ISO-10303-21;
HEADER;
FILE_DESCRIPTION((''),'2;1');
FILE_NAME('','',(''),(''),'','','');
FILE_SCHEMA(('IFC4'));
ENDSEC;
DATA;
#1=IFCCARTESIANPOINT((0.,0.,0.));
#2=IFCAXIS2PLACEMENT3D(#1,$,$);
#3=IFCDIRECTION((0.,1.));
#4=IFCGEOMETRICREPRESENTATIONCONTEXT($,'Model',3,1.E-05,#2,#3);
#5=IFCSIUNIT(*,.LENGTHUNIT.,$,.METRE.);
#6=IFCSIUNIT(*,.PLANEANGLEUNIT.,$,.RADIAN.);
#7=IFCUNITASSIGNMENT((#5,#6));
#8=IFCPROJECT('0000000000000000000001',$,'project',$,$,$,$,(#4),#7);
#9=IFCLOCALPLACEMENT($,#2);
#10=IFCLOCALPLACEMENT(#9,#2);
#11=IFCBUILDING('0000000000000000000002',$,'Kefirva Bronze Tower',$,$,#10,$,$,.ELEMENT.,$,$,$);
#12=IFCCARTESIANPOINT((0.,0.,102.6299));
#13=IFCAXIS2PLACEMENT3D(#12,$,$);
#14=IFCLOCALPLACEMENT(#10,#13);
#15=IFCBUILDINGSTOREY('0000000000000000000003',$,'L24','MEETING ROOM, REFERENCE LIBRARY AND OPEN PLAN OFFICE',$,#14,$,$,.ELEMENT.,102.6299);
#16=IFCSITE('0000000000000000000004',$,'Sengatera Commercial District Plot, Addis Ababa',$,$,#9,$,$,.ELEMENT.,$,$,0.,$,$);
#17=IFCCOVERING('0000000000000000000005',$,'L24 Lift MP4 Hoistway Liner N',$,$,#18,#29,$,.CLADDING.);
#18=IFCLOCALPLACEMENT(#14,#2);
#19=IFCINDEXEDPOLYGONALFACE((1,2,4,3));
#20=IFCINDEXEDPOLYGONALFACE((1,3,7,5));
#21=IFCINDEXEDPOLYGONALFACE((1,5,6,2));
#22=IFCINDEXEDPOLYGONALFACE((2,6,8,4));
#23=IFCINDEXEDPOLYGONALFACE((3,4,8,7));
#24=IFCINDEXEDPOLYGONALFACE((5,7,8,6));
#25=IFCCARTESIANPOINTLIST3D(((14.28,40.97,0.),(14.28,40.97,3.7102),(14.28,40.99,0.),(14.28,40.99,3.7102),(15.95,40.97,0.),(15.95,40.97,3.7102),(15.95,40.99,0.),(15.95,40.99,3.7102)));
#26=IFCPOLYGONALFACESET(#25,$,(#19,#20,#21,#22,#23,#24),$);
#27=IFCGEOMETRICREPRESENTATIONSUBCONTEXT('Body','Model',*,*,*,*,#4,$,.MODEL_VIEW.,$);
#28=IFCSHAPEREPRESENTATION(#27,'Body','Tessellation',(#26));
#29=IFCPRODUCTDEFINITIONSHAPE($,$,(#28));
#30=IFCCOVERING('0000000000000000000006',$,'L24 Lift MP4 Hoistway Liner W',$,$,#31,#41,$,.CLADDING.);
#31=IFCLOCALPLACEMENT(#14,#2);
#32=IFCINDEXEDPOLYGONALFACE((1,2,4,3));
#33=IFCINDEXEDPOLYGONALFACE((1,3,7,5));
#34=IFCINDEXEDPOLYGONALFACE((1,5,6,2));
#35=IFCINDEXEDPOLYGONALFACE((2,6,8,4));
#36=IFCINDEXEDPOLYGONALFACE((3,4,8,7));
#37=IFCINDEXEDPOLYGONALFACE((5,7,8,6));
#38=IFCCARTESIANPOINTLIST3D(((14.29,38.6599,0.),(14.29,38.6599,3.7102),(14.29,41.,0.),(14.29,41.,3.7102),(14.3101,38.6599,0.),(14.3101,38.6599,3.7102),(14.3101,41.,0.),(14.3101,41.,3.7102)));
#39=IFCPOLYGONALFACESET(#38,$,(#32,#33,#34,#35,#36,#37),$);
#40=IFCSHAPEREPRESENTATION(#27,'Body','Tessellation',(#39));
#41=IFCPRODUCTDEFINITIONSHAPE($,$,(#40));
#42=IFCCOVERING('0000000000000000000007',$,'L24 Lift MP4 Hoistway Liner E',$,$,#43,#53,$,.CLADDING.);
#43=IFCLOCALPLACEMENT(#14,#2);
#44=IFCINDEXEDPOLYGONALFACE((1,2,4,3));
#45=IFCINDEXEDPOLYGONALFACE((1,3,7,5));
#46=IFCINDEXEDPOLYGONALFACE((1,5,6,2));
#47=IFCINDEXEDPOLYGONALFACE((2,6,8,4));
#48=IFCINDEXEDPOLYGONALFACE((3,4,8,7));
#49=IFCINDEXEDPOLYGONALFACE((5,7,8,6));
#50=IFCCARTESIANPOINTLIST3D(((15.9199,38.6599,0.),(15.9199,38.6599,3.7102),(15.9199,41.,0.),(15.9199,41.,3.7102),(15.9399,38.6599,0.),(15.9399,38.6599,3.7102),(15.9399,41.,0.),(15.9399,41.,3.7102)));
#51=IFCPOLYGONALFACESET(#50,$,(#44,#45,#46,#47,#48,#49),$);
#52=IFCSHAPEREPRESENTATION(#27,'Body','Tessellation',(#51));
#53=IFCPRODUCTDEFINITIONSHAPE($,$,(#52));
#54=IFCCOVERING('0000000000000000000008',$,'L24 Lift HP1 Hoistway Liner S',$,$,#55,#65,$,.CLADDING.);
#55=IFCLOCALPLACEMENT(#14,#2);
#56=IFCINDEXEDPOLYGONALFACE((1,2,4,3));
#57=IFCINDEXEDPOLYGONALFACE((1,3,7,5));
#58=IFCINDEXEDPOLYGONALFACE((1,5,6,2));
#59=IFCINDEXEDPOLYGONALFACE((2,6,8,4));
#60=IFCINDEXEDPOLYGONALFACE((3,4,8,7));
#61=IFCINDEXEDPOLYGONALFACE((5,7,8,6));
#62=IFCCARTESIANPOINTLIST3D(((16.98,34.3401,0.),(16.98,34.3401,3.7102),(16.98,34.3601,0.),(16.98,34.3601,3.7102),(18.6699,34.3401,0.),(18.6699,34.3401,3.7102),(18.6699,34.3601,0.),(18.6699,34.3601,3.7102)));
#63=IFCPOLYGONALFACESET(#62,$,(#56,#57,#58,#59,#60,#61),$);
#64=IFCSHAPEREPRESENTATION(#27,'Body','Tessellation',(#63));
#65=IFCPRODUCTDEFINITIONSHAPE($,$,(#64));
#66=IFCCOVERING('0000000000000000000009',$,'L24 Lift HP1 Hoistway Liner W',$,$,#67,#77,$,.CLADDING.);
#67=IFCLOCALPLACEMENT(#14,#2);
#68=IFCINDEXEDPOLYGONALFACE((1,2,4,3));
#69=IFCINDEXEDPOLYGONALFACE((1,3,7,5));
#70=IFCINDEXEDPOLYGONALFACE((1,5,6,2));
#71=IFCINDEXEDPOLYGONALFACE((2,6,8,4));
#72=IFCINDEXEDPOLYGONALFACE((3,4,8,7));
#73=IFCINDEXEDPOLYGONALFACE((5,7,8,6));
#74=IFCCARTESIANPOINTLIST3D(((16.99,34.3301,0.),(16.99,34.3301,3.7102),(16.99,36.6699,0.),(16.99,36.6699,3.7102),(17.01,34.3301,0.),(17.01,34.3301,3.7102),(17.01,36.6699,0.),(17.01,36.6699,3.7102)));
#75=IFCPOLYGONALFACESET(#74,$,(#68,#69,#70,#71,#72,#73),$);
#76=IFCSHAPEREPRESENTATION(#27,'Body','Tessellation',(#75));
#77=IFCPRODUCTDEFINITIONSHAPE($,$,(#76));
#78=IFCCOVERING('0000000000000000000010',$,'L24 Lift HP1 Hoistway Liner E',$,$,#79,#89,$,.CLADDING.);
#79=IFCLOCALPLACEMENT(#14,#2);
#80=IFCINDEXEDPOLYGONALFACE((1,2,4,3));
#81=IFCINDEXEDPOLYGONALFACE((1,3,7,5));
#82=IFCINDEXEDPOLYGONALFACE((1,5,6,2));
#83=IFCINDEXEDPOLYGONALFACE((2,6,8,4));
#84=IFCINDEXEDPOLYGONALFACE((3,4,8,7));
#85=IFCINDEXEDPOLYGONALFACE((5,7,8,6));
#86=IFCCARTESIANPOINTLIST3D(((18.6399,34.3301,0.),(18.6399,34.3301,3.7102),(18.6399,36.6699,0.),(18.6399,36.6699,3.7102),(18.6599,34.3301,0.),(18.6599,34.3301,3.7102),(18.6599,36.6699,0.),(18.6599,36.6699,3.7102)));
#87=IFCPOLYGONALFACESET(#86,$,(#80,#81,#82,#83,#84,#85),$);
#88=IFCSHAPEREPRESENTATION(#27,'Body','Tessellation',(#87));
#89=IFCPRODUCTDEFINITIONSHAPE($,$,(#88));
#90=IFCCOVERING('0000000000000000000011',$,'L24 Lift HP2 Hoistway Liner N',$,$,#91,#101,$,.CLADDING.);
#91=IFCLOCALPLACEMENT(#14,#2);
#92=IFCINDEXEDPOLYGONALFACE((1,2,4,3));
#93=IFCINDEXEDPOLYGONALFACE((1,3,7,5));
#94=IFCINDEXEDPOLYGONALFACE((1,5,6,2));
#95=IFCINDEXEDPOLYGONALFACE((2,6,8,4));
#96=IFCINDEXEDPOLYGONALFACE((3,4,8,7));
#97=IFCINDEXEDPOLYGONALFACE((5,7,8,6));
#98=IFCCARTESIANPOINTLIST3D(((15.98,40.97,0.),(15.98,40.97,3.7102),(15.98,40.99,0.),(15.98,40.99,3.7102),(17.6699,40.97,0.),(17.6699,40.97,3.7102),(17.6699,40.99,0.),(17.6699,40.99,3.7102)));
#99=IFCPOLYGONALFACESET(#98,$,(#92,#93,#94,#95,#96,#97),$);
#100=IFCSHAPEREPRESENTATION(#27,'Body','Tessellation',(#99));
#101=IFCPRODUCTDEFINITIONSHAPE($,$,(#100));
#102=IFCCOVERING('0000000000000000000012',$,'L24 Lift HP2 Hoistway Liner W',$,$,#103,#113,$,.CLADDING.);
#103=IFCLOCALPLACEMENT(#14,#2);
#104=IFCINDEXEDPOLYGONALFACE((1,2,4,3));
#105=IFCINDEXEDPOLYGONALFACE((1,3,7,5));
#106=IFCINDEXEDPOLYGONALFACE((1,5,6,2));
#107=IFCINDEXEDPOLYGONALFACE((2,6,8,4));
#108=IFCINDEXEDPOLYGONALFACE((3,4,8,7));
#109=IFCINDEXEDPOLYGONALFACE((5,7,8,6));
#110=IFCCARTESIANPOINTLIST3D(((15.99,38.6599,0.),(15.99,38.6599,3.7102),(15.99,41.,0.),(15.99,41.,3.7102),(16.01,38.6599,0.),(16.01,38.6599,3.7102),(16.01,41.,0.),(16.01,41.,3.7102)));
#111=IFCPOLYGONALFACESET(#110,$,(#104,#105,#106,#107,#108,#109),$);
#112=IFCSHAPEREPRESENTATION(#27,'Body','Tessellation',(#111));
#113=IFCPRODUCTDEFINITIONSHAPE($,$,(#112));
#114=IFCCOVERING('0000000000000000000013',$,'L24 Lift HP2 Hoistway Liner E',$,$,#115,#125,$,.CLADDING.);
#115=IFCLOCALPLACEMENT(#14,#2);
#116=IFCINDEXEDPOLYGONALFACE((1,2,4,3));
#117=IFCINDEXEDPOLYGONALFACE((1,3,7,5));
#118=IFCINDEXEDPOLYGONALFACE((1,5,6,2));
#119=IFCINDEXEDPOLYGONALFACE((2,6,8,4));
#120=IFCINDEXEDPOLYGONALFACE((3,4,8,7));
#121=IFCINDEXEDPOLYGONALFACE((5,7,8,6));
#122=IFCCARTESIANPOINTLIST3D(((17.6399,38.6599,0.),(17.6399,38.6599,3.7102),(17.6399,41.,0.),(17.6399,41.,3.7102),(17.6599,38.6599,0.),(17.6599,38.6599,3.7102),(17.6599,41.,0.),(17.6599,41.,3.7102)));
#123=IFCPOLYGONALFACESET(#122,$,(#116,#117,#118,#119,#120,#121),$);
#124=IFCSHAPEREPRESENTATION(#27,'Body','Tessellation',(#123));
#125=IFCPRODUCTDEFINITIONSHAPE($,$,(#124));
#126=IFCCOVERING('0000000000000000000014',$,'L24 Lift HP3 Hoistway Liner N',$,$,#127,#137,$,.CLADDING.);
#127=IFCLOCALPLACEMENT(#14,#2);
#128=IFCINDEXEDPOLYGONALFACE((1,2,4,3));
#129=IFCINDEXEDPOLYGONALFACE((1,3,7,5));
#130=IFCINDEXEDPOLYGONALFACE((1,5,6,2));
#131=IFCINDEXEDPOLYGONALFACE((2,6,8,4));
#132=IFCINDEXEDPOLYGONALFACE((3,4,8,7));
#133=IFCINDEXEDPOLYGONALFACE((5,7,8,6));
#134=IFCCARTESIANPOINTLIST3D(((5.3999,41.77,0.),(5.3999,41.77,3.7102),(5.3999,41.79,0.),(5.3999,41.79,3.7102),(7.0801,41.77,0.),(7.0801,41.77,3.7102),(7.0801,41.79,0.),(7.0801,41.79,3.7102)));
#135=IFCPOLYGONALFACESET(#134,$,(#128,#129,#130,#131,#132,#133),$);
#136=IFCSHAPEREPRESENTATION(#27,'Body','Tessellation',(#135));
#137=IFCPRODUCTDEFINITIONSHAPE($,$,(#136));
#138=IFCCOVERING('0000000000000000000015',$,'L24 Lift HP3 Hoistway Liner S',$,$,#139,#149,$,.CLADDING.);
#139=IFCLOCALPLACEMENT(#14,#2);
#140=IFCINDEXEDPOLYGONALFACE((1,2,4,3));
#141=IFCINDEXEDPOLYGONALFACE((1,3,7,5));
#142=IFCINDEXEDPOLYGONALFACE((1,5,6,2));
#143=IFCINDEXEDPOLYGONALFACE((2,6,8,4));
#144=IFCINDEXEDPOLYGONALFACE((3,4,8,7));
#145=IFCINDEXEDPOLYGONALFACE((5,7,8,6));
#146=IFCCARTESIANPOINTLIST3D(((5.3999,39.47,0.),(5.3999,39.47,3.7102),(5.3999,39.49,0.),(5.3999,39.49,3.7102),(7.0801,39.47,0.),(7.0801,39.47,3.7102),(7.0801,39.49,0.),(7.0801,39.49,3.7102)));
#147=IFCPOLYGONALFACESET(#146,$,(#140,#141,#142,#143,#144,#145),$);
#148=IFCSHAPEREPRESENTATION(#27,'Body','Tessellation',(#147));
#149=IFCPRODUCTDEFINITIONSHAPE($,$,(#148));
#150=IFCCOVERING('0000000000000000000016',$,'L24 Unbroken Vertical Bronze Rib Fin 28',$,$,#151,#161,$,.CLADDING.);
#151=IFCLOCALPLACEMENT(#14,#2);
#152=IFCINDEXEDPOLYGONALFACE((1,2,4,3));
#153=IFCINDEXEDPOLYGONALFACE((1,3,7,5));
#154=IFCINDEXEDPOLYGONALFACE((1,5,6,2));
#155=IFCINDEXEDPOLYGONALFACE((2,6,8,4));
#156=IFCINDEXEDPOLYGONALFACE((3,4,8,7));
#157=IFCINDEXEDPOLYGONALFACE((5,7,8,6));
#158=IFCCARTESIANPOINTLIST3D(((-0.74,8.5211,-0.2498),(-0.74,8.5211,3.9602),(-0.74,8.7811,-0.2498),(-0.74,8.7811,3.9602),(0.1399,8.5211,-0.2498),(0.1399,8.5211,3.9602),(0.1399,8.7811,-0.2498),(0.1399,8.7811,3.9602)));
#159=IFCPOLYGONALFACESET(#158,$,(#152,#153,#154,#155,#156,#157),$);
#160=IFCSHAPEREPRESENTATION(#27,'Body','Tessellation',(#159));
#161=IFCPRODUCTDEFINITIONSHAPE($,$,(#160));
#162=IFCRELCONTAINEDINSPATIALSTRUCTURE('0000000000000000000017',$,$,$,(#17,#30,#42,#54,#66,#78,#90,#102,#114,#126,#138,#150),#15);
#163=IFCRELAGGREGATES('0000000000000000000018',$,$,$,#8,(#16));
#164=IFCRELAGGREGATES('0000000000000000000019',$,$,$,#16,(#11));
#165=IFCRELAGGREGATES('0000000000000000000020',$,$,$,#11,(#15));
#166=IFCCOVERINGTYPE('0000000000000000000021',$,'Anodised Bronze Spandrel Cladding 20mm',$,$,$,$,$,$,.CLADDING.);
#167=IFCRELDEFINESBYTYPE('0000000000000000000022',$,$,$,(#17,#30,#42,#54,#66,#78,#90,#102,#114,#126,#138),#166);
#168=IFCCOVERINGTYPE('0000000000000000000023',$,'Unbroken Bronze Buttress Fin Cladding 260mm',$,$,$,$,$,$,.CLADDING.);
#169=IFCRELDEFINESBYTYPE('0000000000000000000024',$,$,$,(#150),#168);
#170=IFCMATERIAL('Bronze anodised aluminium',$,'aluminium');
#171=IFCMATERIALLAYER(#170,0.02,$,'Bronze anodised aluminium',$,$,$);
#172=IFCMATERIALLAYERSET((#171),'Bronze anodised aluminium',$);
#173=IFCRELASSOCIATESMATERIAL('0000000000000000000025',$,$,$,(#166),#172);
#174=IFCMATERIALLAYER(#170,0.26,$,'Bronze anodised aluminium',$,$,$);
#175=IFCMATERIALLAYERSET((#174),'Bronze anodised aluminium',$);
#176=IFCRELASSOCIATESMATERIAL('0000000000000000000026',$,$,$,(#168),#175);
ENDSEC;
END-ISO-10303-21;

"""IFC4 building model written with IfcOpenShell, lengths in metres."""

from ifc_helpers import new_model, si_unit, direction, frame, origin, origin_2d, place, context, subcontext, project, spatial, polyline, rectangle, outline, extrude, material, layer, layer_set, type_object, element, save


model = new_model("IFC4")

# Units and contexts
model_context = context("Model", 3, precision=1e-05, world=origin(), true_north=direction((0.0, 1.0)))
body_context = subcontext(model_context, "Body", "Model", "MODEL_VIEW")
ifc_project = project(units=[si_unit("LENGTHUNIT", "METRE"), si_unit("PLANEANGLEUNIT", "RADIAN")], contexts=[model_context])

# Site, building, storey
site_placement = place(None, origin())
site = spatial("IfcSite", under=ifc_project, at=site_placement, Name="Sengatera Commercial District Plot, Addis Ababa", CompositionType="ELEMENT", RefElevation=0.0)
building_placement = place(site_placement, origin())
building = spatial("IfcBuilding", under=site, at=building_placement, Name="Kefirva Bronze Tower", CompositionType="ELEMENT")
storey_placement = place(building_placement, frame((0.0, 0.0, 102.6299)))
storey = spatial("IfcBuildingStorey", under=building, at=storey_placement, Name="L24", Description="MEETING ROOM, REFERENCE LIBRARY AND OPEN PLAN OFFICE", CompositionType="ELEMENT", Elevation=102.6299)

# Coverings
ifc_material = material(Name="Bronze anodised aluminium", Category="aluminium")
ifc_layer_1 = layer(ifc_material, 0.02, Name="Bronze anodised aluminium")
ifc_layer_set_1 = layer_set([ifc_layer_1], Name="Bronze anodised aluminium")
covering_type_1 = type_object("IfcCoveringType", Name="Anodised Bronze Spandrel Cladding 20mm", PredefinedType="CLADDING", material=ifc_layer_set_1)
covering_1_placement = place(storey_placement, origin())
element("IfcCovering", 1, at=covering_1_placement, inside=storey, type_object=covering_type_1, Name="L24 Lift MP4 Hoistway Liner N", PredefinedType="CLADDING", context=body_context, shape_type="SweptSolid", body=[
    extrude(outline(polyline([(14.28, 40.97), (15.95, 40.97), (15.95, 40.99), (14.28, 40.99), (14.28, 40.97)])), origin(), (0.0, 0.0, 1.0), 3.7102),
])
covering_2_placement = place(storey_placement, origin())
element("IfcCovering", 2, at=covering_2_placement, inside=storey, type_object=covering_type_1, Name="L24 Lift MP4 Hoistway Liner W", PredefinedType="CLADDING", context=body_context, shape_type="SweptSolid", body=[
    extrude(outline(polyline([(14.29, 38.6599), (14.3101, 38.6599), (14.3101, 41.0), (14.29, 41.0), (14.29, 38.6599)])), origin(), (0.0, 0.0, 1.0), 3.7102),
])
covering_3_placement = place(storey_placement, origin())
element("IfcCovering", 3, at=covering_3_placement, inside=storey, type_object=covering_type_1, Name="L24 Lift MP4 Hoistway Liner E", PredefinedType="CLADDING", context=body_context, shape_type="SweptSolid", body=[
    extrude(outline(polyline([(15.9199, 38.6599), (15.9399, 38.6599), (15.9399, 41.0), (15.9199, 41.0), (15.9199, 38.6599)])), origin(), (0.0, 0.0, 1.0), 3.7102),
])
covering_4_placement = place(storey_placement, origin())
element("IfcCovering", 4, at=covering_4_placement, inside=storey, type_object=covering_type_1, Name="L24 Lift HP1 Hoistway Liner S", PredefinedType="CLADDING", context=body_context, shape_type="SweptSolid", body=[
    extrude(outline(polyline([(16.98, 34.3401), (18.6699, 34.3401), (18.6699, 34.3601), (16.98, 34.3601), (16.98, 34.3401)])), origin(), (0.0, 0.0, 1.0), 3.7102),
])
covering_5_placement = place(storey_placement, origin())
element("IfcCovering", 5, at=covering_5_placement, inside=storey, type_object=covering_type_1, Name="L24 Lift HP1 Hoistway Liner W", PredefinedType="CLADDING", context=body_context, shape_type="SweptSolid", body=[
    extrude(outline(polyline([(16.99, 34.3301), (17.01, 34.3301), (17.01, 36.6699), (16.99, 36.6699), (16.99, 34.3301)])), origin(), (0.0, 0.0, 1.0), 3.7102),
])
covering_6_placement = place(storey_placement, origin())
element("IfcCovering", 6, at=covering_6_placement, inside=storey, type_object=covering_type_1, Name="L24 Lift HP1 Hoistway Liner E", PredefinedType="CLADDING", context=body_context, shape_type="SweptSolid", body=[
    extrude(outline(polyline([(18.6399, 34.3301), (18.6599, 34.3301), (18.6599, 36.6699), (18.6399, 36.6699), (18.6399, 34.3301)])), origin(), (0.0, 0.0, 1.0), 3.7102),
])
covering_7_placement = place(storey_placement, origin())
element("IfcCovering", 7, at=covering_7_placement, inside=storey, type_object=covering_type_1, Name="L24 Lift HP2 Hoistway Liner N", PredefinedType="CLADDING", context=body_context, shape_type="SweptSolid", body=[
    extrude(outline(polyline([(15.98, 40.97), (17.6699, 40.97), (17.6699, 40.99), (15.98, 40.99), (15.98, 40.97)])), origin(), (0.0, 0.0, 1.0), 3.7102),
])
covering_8_placement = place(storey_placement, origin())
element("IfcCovering", 8, at=covering_8_placement, inside=storey, type_object=covering_type_1, Name="L24 Lift HP2 Hoistway Liner W", PredefinedType="CLADDING", context=body_context, shape_type="SweptSolid", body=[
    extrude(outline(polyline([(15.99, 38.6599), (16.01, 38.6599), (16.01, 41.0), (15.99, 41.0), (15.99, 38.6599)])), origin(), (0.0, 0.0, 1.0), 3.7102),
])
covering_9_placement = place(storey_placement, origin())
element("IfcCovering", 9, at=covering_9_placement, inside=storey, type_object=covering_type_1, Name="L24 Lift HP2 Hoistway Liner E", PredefinedType="CLADDING", context=body_context, shape_type="SweptSolid", body=[
    extrude(outline(polyline([(17.6399, 38.6599), (17.6599, 38.6599), (17.6599, 41.0), (17.6399, 41.0), (17.6399, 38.6599)])), origin(), (0.0, 0.0, 1.0), 3.7102),
])
covering_10_placement = place(storey_placement, origin())
element("IfcCovering", 10, at=covering_10_placement, inside=storey, type_object=covering_type_1, Name="L24 Lift HP3 Hoistway Liner N", PredefinedType="CLADDING", context=body_context, shape_type="SweptSolid", body=[
    extrude(outline(polyline([(5.3999, 41.77), (7.0801, 41.77), (7.0801, 41.79), (5.3999, 41.79), (5.3999, 41.77)])), origin(), (0.0, 0.0, 1.0), 3.7102),
])
covering_11_placement = place(storey_placement, origin())
element("IfcCovering", 11, at=covering_11_placement, inside=storey, type_object=covering_type_1, Name="L24 Lift HP3 Hoistway Liner S", PredefinedType="CLADDING", context=body_context, shape_type="SweptSolid", body=[
    extrude(outline(polyline([(5.3999, 39.47), (7.0801, 39.47), (7.0801, 39.49), (5.3999, 39.49), (5.3999, 39.47)])), origin(), (0.0, 0.0, 1.0), 3.7102),
])
ifc_layer_2 = layer(ifc_material, 0.26, Name="Bronze anodised aluminium")
ifc_layer_set_2 = layer_set([ifc_layer_2], Name="Bronze anodised aluminium")
covering_type_2 = type_object("IfcCoveringType", Name="Unbroken Bronze Buttress Fin Cladding 260mm", PredefinedType="CLADDING", material=ifc_layer_set_2)
covering_12_placement = place(storey_placement, frame((-0.3, 8.6511, -0.2498), z_axis=(0.0, 0.0, 1.0), x_axis=(0.0, -1.0, 0.0)))
element("IfcCovering", 12, at=covering_12_placement, inside=storey, type_object=covering_type_2, Name="L24 Unbroken Vertical Bronze Rib Fin 28", PredefinedType="CLADDING", context=body_context, shape_type="SweptSolid", body=[
    extrude(rectangle(XDim=0.26, YDim=0.8799, at=origin_2d()), origin(), (0.0, 0.0, 1.0), 4.21),
])

save(model, "model.ifc")
